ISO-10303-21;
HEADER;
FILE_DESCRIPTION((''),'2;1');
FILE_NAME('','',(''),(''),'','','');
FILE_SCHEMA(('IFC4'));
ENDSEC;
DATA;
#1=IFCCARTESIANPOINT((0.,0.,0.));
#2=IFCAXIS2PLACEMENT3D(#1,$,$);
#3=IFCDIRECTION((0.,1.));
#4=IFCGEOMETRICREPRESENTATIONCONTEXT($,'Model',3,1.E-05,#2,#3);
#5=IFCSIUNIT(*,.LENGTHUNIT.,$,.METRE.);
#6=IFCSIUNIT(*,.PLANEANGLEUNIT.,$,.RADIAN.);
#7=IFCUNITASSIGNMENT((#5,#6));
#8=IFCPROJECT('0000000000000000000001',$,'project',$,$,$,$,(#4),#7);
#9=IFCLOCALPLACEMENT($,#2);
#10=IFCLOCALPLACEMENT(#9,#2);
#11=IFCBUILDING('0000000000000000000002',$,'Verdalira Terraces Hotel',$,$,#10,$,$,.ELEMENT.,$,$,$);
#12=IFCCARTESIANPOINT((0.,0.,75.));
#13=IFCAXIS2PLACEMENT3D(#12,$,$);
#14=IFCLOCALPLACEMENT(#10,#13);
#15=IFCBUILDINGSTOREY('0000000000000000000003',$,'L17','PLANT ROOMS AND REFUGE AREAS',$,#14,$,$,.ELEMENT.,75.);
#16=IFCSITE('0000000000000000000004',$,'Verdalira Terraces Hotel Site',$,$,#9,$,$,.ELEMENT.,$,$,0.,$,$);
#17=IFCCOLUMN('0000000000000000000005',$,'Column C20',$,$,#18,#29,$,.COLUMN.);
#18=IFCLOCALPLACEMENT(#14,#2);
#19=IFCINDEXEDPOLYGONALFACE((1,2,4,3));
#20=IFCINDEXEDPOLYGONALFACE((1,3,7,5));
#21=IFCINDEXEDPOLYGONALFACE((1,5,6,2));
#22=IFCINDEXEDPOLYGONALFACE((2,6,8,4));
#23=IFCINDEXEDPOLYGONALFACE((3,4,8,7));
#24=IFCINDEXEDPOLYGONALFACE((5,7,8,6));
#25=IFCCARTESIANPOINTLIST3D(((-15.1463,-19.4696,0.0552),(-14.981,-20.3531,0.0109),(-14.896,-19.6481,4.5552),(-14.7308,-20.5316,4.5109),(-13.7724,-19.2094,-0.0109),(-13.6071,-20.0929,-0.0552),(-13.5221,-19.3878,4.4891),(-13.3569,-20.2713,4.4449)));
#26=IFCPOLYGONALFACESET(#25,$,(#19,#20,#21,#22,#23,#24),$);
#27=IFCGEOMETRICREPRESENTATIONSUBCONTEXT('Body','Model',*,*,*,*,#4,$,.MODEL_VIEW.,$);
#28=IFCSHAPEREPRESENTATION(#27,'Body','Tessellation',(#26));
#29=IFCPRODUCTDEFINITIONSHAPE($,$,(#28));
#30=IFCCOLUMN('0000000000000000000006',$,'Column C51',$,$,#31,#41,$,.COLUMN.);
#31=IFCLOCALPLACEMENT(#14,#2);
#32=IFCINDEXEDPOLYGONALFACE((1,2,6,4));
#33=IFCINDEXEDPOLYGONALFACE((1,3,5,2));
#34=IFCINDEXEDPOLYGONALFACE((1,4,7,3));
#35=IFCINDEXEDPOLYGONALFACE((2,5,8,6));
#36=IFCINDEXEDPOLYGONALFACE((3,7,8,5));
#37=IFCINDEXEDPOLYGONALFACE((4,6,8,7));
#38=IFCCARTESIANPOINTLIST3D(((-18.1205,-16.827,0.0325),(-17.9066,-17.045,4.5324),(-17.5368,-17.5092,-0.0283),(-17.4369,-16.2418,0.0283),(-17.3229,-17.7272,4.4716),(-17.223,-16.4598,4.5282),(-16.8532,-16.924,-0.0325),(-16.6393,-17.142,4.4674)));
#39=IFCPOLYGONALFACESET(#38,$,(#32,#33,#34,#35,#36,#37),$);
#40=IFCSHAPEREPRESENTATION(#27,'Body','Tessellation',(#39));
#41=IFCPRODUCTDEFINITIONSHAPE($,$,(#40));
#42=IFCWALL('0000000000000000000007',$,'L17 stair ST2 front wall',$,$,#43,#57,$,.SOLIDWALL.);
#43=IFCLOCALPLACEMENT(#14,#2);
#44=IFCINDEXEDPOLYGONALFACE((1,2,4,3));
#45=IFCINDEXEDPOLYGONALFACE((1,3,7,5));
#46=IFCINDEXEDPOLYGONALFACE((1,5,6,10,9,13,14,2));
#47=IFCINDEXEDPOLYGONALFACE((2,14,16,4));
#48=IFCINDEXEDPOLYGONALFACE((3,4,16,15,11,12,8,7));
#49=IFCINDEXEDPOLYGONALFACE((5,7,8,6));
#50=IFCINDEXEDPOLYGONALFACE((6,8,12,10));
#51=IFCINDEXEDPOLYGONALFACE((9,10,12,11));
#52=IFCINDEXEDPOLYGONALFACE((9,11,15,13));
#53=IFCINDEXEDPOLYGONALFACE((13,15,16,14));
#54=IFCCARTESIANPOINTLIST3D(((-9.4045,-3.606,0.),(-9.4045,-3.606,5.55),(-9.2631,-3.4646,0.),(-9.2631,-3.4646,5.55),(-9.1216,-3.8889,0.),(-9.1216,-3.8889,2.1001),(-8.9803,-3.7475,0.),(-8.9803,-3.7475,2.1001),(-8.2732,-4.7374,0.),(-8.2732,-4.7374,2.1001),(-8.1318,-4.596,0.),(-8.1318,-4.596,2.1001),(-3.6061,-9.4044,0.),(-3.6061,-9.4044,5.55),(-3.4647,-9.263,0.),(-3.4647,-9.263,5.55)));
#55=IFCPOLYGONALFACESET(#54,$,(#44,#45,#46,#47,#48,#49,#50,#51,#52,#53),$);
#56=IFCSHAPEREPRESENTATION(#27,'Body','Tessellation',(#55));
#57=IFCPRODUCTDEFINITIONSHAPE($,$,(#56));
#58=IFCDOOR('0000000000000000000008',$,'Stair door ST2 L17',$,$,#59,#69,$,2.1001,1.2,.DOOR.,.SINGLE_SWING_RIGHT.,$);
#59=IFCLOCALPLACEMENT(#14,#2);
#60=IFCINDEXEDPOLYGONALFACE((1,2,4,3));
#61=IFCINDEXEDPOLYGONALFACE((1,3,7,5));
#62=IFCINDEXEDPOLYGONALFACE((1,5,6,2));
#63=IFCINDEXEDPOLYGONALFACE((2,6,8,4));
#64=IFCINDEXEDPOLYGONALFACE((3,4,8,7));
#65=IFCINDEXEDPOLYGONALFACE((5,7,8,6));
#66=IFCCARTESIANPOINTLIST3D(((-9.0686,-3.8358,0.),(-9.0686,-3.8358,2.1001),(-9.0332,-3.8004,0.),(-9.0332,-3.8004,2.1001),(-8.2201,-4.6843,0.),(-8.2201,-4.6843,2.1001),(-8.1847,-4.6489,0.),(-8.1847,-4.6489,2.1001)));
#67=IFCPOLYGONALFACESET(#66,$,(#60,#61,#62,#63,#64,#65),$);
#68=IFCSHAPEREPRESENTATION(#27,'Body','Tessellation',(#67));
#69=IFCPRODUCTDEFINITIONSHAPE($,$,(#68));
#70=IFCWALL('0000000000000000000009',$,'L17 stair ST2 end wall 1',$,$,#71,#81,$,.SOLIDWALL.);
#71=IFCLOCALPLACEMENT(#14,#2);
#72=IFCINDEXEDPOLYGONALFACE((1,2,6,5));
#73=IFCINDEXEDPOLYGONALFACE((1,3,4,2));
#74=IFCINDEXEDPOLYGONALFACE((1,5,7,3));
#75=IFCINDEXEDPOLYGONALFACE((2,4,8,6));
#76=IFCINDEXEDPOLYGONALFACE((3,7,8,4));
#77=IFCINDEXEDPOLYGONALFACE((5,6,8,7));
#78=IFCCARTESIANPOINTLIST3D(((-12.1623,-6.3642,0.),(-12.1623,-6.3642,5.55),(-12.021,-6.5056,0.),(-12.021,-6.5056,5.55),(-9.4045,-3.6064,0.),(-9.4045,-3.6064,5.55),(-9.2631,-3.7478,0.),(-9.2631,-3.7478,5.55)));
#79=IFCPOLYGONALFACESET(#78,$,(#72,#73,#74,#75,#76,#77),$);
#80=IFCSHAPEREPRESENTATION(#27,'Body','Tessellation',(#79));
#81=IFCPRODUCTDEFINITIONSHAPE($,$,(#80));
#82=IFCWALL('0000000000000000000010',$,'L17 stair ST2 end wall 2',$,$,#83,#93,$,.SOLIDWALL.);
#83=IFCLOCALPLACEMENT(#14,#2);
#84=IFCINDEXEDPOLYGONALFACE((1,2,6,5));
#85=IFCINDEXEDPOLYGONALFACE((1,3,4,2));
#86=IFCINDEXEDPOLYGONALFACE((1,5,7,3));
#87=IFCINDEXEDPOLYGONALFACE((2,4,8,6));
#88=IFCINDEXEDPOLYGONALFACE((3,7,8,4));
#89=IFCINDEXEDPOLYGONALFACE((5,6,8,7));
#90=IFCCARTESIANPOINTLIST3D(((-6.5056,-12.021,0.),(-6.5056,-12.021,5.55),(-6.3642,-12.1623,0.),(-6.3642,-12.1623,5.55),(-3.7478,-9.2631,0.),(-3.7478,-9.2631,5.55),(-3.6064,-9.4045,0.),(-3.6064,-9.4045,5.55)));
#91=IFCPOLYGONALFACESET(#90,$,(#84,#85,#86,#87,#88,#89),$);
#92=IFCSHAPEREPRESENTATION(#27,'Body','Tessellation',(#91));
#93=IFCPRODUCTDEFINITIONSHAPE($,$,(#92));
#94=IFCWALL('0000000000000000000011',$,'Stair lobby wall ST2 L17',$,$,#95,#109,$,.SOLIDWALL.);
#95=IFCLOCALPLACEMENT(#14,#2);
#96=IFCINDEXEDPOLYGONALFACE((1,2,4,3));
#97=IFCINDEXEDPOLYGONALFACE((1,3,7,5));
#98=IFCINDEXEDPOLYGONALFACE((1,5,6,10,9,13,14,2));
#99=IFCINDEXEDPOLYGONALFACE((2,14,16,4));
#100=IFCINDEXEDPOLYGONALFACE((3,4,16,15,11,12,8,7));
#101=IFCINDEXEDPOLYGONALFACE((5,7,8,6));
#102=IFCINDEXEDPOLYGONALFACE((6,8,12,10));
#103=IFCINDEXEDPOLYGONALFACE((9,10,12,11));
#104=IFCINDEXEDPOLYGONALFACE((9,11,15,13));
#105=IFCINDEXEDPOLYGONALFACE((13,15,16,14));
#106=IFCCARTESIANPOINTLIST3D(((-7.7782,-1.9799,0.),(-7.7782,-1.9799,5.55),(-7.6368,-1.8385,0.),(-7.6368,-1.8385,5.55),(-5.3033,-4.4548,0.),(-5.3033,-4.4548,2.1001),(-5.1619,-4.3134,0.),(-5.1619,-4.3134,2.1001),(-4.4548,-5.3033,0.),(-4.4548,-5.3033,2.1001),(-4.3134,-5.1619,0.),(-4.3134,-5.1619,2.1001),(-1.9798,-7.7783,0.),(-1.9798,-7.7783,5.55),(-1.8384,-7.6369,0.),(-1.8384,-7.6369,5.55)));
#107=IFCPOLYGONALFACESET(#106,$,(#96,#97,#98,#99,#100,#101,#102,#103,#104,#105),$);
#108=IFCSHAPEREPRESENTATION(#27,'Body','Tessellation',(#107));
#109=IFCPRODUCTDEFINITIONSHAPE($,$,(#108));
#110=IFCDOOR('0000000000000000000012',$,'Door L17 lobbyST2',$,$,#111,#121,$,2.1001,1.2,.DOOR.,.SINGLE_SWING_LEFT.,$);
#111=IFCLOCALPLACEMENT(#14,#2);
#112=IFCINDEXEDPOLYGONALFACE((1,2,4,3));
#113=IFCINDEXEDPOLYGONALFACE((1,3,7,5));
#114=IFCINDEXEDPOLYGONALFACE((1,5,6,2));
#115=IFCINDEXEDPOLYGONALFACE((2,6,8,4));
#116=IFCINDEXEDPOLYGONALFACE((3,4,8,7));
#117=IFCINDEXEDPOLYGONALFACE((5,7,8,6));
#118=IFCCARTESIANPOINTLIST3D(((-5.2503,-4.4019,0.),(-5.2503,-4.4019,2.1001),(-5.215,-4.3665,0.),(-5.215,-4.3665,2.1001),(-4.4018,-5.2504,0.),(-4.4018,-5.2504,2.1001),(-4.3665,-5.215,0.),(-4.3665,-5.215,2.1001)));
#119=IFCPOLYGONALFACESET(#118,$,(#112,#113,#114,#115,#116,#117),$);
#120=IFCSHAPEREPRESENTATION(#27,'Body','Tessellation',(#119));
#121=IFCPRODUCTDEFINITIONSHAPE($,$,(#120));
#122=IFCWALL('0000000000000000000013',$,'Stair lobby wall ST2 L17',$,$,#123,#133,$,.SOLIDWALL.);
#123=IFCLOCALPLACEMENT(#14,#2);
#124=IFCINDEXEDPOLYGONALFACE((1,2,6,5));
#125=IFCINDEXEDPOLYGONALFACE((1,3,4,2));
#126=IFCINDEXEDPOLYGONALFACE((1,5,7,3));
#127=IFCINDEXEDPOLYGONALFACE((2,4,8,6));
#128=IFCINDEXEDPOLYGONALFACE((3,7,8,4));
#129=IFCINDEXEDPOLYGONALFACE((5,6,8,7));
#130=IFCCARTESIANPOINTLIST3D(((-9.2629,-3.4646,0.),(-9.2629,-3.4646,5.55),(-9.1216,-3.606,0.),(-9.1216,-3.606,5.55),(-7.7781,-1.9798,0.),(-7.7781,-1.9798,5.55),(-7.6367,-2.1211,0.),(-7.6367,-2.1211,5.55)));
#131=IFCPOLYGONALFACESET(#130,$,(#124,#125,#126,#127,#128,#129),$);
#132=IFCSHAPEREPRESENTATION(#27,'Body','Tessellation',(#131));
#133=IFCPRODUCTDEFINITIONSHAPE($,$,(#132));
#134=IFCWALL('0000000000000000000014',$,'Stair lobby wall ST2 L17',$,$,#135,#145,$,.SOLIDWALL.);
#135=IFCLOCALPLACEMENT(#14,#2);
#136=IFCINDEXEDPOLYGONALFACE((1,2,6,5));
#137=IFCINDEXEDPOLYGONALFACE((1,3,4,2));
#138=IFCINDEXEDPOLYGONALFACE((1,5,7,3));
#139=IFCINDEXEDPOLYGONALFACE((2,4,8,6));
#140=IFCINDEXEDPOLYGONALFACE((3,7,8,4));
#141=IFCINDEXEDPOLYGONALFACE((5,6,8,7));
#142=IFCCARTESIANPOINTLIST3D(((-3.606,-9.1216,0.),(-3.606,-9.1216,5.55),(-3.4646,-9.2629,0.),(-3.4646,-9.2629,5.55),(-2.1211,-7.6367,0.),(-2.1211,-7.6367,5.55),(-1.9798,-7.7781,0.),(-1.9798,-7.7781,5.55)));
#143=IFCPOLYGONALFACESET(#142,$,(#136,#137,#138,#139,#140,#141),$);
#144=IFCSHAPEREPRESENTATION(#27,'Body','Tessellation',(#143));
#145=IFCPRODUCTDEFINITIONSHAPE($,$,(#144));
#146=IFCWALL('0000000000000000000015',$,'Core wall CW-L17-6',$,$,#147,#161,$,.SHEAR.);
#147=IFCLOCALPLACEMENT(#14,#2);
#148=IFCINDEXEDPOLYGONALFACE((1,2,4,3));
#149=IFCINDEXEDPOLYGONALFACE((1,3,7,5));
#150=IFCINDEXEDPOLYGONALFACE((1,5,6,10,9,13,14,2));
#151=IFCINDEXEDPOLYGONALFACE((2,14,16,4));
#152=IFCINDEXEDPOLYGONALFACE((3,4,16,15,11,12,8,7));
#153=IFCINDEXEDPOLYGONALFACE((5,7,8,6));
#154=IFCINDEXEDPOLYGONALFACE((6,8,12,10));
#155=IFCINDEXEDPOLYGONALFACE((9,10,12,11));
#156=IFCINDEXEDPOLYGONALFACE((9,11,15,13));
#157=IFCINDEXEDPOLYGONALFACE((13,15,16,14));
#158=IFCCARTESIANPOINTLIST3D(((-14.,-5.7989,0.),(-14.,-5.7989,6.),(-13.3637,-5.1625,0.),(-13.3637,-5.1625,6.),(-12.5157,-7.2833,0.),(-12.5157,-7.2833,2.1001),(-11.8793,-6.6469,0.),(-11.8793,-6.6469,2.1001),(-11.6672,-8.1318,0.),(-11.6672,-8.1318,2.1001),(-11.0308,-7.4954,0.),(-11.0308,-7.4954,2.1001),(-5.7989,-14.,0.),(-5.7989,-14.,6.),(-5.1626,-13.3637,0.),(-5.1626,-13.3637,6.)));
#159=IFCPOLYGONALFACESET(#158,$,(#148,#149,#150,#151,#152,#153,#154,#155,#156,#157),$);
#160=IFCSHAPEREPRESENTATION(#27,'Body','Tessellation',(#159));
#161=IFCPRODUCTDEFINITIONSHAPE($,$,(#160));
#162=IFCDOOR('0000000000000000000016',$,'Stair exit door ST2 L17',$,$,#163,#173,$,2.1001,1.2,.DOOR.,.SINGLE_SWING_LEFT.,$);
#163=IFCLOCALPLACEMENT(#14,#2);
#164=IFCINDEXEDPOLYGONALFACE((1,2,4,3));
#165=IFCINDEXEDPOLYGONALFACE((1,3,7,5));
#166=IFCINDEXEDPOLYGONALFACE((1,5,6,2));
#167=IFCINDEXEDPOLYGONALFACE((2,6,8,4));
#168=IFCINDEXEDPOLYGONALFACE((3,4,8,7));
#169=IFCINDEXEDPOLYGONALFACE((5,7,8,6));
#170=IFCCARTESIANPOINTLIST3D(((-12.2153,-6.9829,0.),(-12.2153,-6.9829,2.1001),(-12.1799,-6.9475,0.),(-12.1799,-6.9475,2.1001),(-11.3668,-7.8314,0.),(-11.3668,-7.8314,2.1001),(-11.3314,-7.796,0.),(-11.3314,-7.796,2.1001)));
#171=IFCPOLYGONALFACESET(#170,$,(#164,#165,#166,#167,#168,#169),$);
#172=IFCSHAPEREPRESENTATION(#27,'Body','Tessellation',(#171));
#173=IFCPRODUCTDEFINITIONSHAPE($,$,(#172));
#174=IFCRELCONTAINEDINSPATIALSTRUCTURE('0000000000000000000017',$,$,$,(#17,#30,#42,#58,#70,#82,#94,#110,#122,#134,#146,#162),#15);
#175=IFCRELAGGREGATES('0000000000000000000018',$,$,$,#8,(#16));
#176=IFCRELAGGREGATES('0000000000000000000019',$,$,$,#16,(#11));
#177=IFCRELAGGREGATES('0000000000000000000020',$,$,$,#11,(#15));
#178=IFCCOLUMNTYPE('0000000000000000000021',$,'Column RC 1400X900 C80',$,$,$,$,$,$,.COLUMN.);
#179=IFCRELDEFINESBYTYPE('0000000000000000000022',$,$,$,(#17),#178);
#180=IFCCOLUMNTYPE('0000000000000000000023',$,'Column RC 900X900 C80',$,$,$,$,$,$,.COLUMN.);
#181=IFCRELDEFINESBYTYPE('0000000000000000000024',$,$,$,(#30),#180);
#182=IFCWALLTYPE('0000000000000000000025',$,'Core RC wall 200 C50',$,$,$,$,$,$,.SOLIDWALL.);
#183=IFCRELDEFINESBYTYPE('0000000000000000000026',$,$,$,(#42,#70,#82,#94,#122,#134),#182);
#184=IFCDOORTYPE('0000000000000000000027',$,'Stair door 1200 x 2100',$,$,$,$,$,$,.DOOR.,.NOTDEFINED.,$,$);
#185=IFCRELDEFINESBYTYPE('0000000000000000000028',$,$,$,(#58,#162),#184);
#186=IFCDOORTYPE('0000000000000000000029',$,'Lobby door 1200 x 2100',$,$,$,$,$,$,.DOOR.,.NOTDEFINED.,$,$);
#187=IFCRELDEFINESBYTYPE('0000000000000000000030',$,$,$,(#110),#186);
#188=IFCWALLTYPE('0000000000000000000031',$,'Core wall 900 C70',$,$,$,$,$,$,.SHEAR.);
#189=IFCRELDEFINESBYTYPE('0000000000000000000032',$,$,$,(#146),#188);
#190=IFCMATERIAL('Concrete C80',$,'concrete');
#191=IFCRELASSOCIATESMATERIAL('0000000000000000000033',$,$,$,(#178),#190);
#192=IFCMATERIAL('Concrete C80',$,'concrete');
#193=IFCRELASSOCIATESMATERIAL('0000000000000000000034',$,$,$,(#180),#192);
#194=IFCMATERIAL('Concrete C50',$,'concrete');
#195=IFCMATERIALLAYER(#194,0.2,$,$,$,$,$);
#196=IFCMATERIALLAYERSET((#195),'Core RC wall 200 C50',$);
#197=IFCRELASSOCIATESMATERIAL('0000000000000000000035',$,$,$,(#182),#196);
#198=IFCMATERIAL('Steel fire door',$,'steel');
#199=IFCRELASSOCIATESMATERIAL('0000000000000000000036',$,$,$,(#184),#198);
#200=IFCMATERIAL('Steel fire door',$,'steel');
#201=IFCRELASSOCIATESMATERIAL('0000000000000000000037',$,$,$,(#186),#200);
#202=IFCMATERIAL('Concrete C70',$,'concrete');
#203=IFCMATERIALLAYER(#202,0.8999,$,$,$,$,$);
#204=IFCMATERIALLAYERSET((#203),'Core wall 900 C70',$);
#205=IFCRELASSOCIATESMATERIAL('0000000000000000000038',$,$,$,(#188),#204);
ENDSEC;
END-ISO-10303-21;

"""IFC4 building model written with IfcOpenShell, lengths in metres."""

from ifc_helpers import new_model, si_unit, direction, frame, frame_2d, origin, origin_2d, place, context, subcontext, project, spatial, rectangle, extrude, material, layer, layer_set, material_profile, profile_set, type_object, element, fill, save


model = new_model("IFC4")

# Units and contexts
model_context = context("Model", 3, precision=1e-05, world=origin(), true_north=direction((0.0, 1.0)))
body_context = subcontext(model_context, "Body", "Model", "MODEL_VIEW")
ifc_project = project(units=[si_unit("LENGTHUNIT", "METRE"), si_unit("PLANEANGLEUNIT", "RADIAN")], contexts=[model_context])

# Site, building, storey
site_placement = place(None, origin())
site = spatial("IfcSite", under=ifc_project, at=site_placement, Name="Verdalira Terraces Hotel Site", CompositionType="ELEMENT", RefElevation=0.0)
building_placement = place(site_placement, origin())
building = spatial("IfcBuilding", under=site, at=building_placement, Name="Verdalira Terraces Hotel", CompositionType="ELEMENT")
storey_placement = place(building_placement, frame((0.0, 0.0, 75.0)))
storey = spatial("IfcBuildingStorey", under=building, at=storey_placement, Name="L17", Description="PLANT ROOMS AND REFUGE AREAS", CompositionType="ELEMENT", Elevation=75.0)

# Columns
ifc_material_1 = material(Name="Concrete C80", Category="concrete")
ifc_material_profile_1 = material_profile(ifc_material_1, rectangle(XDim=1.3999, YDim=0.8999, at=origin_2d()), Name="RC 1400X900")
ifc_profile_set_1 = profile_set([ifc_material_profile_1], Name="Concrete C80")
column_type_1 = type_object("IfcColumnType", Name="Column RC 1400X900 C80", PredefinedType="COLUMN", material=ifc_profile_set_1)
column_1_placement = place(storey_placement, frame((-14.3767, -19.7812, 0.0), z_axis=(0.055481, -0.039567, 0.997675), x_axis=(-0.981431, -0.185918, 0.047204)))
element("IfcColumn", 1, at=column_1_placement, inside=storey, type_object=column_type_1, Name="Column C20", PredefinedType="COLUMN", context=body_context, shape_type="SweptSolid", body=[
    extrude(rectangle(XDim=1.3999, YDim=0.8999, at=origin_2d()), origin(), (0.0, 0.0, 1.0), 4.5105),
])
ifc_material_2 = material(Name="Concrete C80", Category="concrete")
ifc_material_profile_2 = material_profile(ifc_material_2, rectangle(XDim=0.8999, YDim=0.8999, at=origin_2d()), Name="RC 900X900")
ifc_profile_set_2 = profile_set([ifc_material_profile_2], Name="Concrete C80")
column_type_2 = type_object("IfcColumnType", Name="Column RC 900X900 C80", PredefinedType="COLUMN", material=ifc_profile_set_2)
column_2_placement = place(storey_placement, frame((-17.4868, -16.8755, 0.0), z_axis=(0.047417, -0.048337, 0.997705), x_axis=(-0.759644, -0.650323, 0.004596)))
element("IfcColumn", 2, at=column_2_placement, inside=storey, type_object=column_type_2, Name="Column C51", PredefinedType="COLUMN", context=body_context, shape_type="SweptSolid", body=[
    extrude(rectangle(XDim=0.8999, YDim=0.8999, at=origin_2d()), origin(), (0.0, 0.0, 1.0), 4.5103),
])

# Wall, opening, door
ifc_material_3 = material(Name="Concrete C50", Category="concrete")
ifc_layer_1 = layer(ifc_material_3, 0.2)
ifc_layer_set_1 = layer_set([ifc_layer_1], Name="Core RC wall 200 C50")
wall_type_1 = type_object("IfcWallType", Name="Core RC wall 200 C50", PredefinedType="SOLIDWALL", material=ifc_layer_set_1)
wall_1_placement = place(storey_placement, frame((-3.5354, -9.3337, 0.0), z_axis=(0.0, 0.0, 1.0), x_axis=(-0.707107, 0.707107, 0.0)))
wall_1 = element("IfcWall", 3, at=wall_1_placement, inside=storey, type_object=wall_type_1, Name="L17 stair ST2 front wall", PredefinedType="SOLIDWALL", context=body_context, shape_type="SweptSolid", body=[
    extrude(rectangle(XDim=8.2002, YDim=0.2, at=frame_2d((4.1001, 0.0))), origin(), (0.0, 0.0, 1.0), 5.55),
])
opening_1_placement = place(wall_1_placement, frame((6.6001, 0.0, 0.0)))
opening_1 = element("IfcOpeningElement", 4, at=opening_1_placement, cuts=wall_1, PredefinedType="OPENING", context=body_context, shape_type="SweptSolid", body=[
    extrude(rectangle(XDim=1.2, YDim=2.1001, at=frame_2d((0.6001, 1.05))), frame((0.0, 0.1099, 0.0), z_axis=(0.0, -1.0, 0.0), x_axis=(1.0, 0.0, 0.0)), (0.0, 0.0, 1.0), 0.22),
])
ifc_material_4 = material(Name="Steel fire door", Category="steel")
door_type_1 = type_object("IfcDoorType", Name="Stair door 1200 x 2100", OperationType="NOTDEFINED", PredefinedType="DOOR", material=ifc_material_4)
door_1_placement = place(opening_1_placement, origin())
door_1 = element("IfcDoor", 5, at=door_1_placement, inside=storey, type_object=door_type_1, Name="Stair door ST2 L17", OperationType="SINGLE_SWING_RIGHT", OverallHeight=2.1001, OverallWidth=1.2, PredefinedType="DOOR", context=body_context, shape_type="SweptSolid", body=[
    extrude(rectangle(XDim=1.2, YDim=2.1001, at=frame_2d((0.6001, 1.05))), frame((0.0, 0.0249, 0.0), z_axis=(0.0, -1.0, 0.0), x_axis=(1.0, 0.0, 0.0)), (0.0, 0.0, 1.0), 0.05),
])
fill(opening_1, door_1)

# Walls
for number, where, z_axis, x_axis, name in (
    (6, (-9.3337, -3.677, 0.0), (0.0, 0.0, 1.0), (-0.707107, -0.707107, 0.0), "L17 stair ST2 end wall 1"),
    (7, (-3.677, -9.3337, 0.0), (0.0, 0.0, 1.0), (-0.707107, -0.707107, 0.0), "L17 stair ST2 end wall 2"),
):
    element("IfcWall", number, at=place(storey_placement, frame(where, z_axis=z_axis, x_axis=x_axis)), inside=storey, type_object=wall_type_1, Name=name, PredefinedType="SOLIDWALL", context=body_context, shape_type="SweptSolid", body=[
        extrude(rectangle(XDim=3.9001, YDim=0.2, at=frame_2d((1.9502, 0.0))), origin(), (0.0, 0.0, 1.0), 5.55),
    ])

# Wall, opening, door
wall_2_placement = place(storey_placement, frame((-7.7075, -1.9092, 0.0), z_axis=(0.0, 0.0, 1.0), x_axis=(0.707107, -0.707107, 0.0)))
wall_2 = element("IfcWall", 8, at=wall_2_placement, inside=storey, type_object=wall_type_1, Name="Stair lobby wall ST2 L17", PredefinedType="SOLIDWALL", context=body_context, shape_type="SweptSolid", body=[
    extrude(rectangle(XDim=8.2002, YDim=0.2, at=frame_2d((4.1001, 0.0))), origin(), (0.0, 0.0, 1.0), 5.55),
])
opening_2_placement = place(wall_2_placement, frame((3.5, 0.0, 0.0)))
opening_2 = element("IfcOpeningElement", 9, at=opening_2_placement, cuts=wall_2, PredefinedType="OPENING", context=body_context, shape_type="SweptSolid", body=[
    extrude(rectangle(XDim=1.2, YDim=2.1001, at=frame_2d((0.6001, 1.05))), frame((0.0, 0.1099, 0.0), z_axis=(0.0, -1.0, 0.0), x_axis=(1.0, 0.0, 0.0)), (0.0, 0.0, 1.0), 0.22),
])
ifc_material_5 = material(Name="Steel fire door", Category="steel")
door_type_2 = type_object("IfcDoorType", Name="Lobby door 1200 x 2100", OperationType="NOTDEFINED", PredefinedType="DOOR", material=ifc_material_5)
door_2_placement = place(opening_2_placement, origin())
door_2 = element("IfcDoor", 10, at=door_2_placement, inside=storey, type_object=door_type_2, Name="Door L17 lobbyST2", OperationType="SINGLE_SWING_LEFT", OverallHeight=2.1001, OverallWidth=1.2, PredefinedType="DOOR", context=body_context, shape_type="SweptSolid", body=[
    extrude(rectangle(XDim=1.2, YDim=2.1001, at=frame_2d((0.6001, 1.05))), frame((0.0, 0.0249, 0.0), z_axis=(0.0, -1.0, 0.0), x_axis=(1.0, 0.0, 0.0)), (0.0, 0.0, 1.0), 0.05),
])
fill(opening_2, door_2)

# Walls
for number, where, z_axis, x_axis, name in (
    (11, (-7.7075, -2.0505, 0.0), (0.0, 0.0, 1.0), (-0.707107, -0.707107, 0.0), "Stair lobby wall ST2 L17"),
    (12, (-2.0505, -7.7075, 0.0), (0.0, 0.0, 1.0), (-0.707107, -0.707107, 0.0), "Stair lobby wall ST2 L17"),
):
    element("IfcWall", number, at=place(storey_placement, frame(where, z_axis=z_axis, x_axis=x_axis)), inside=storey, type_object=wall_type_1, Name=name, PredefinedType="SOLIDWALL", context=body_context, shape_type="SweptSolid", body=[
        extrude(rectangle(XDim=2.0999, YDim=0.2, at=frame_2d((1.0498, 0.0))), origin(), (0.0, 0.0, 1.0), 5.55),
    ])

# Wall, opening, door
ifc_material_6 = material(Name="Concrete C70", Category="concrete")
ifc_layer_2 = layer(ifc_material_6, 0.8999)
ifc_layer_set_2 = layer_set([ifc_layer_2], Name="Core wall 900 C70")
wall_type_2 = type_object("IfcWallType", Name="Core wall 900 C70", PredefinedType="SHEAR", material=ifc_layer_set_2)
wall_3_placement = place(storey_placement, frame((-13.6819, -5.4807, 0.0), z_axis=(0.0, 0.0, 1.0), x_axis=(0.707107, -0.707107, 0.0)))
wall_3 = element("IfcWall", 13, at=wall_3_placement, inside=storey, type_object=wall_type_2, Name="Core wall CW-L17-6", PredefinedType="SHEAR", context=body_context, shape_type="SweptSolid", body=[
    extrude(rectangle(XDim=11.5981, YDim=0.8999, at=frame_2d((5.7991, 0.0))), origin(), (0.0, 0.0, 1.0), 6.0),
])
opening_3_placement = place(wall_3_placement, frame((2.0991, 0.0, 0.0)))
opening_3 = element("IfcOpeningElement", 14, at=opening_3_placement, cuts=wall_3, PredefinedType="OPENING", context=body_context, shape_type="SweptSolid", body=[
    extrude(rectangle(XDim=1.2, YDim=2.1001, at=frame_2d((0.6001, 1.05))), frame((0.0, 0.46, 0.0), z_axis=(0.0, -1.0, 0.0), x_axis=(1.0, 0.0, 0.0)), (0.0, 0.0, 1.0), 0.9199),
])
door_3_placement = place(opening_3_placement, origin())
door_3 = element("IfcDoor", 15, at=door_3_placement, inside=storey, type_object=door_type_1, Name="Stair exit door ST2 L17", OperationType="SINGLE_SWING_LEFT", OverallHeight=2.1001, OverallWidth=1.2, PredefinedType="DOOR", context=body_context, shape_type="SweptSolid", body=[
    extrude(rectangle(XDim=1.2, YDim=2.1001, at=frame_2d((0.6001, 1.05))), frame((0.0, 0.0249, 0.0), z_axis=(0.0, -1.0, 0.0), x_axis=(1.0, 0.0, 0.0)), (0.0, 0.0, 1.0), 0.05),
])
fill(opening_3, door_3)

save(model, "model.ifc")
